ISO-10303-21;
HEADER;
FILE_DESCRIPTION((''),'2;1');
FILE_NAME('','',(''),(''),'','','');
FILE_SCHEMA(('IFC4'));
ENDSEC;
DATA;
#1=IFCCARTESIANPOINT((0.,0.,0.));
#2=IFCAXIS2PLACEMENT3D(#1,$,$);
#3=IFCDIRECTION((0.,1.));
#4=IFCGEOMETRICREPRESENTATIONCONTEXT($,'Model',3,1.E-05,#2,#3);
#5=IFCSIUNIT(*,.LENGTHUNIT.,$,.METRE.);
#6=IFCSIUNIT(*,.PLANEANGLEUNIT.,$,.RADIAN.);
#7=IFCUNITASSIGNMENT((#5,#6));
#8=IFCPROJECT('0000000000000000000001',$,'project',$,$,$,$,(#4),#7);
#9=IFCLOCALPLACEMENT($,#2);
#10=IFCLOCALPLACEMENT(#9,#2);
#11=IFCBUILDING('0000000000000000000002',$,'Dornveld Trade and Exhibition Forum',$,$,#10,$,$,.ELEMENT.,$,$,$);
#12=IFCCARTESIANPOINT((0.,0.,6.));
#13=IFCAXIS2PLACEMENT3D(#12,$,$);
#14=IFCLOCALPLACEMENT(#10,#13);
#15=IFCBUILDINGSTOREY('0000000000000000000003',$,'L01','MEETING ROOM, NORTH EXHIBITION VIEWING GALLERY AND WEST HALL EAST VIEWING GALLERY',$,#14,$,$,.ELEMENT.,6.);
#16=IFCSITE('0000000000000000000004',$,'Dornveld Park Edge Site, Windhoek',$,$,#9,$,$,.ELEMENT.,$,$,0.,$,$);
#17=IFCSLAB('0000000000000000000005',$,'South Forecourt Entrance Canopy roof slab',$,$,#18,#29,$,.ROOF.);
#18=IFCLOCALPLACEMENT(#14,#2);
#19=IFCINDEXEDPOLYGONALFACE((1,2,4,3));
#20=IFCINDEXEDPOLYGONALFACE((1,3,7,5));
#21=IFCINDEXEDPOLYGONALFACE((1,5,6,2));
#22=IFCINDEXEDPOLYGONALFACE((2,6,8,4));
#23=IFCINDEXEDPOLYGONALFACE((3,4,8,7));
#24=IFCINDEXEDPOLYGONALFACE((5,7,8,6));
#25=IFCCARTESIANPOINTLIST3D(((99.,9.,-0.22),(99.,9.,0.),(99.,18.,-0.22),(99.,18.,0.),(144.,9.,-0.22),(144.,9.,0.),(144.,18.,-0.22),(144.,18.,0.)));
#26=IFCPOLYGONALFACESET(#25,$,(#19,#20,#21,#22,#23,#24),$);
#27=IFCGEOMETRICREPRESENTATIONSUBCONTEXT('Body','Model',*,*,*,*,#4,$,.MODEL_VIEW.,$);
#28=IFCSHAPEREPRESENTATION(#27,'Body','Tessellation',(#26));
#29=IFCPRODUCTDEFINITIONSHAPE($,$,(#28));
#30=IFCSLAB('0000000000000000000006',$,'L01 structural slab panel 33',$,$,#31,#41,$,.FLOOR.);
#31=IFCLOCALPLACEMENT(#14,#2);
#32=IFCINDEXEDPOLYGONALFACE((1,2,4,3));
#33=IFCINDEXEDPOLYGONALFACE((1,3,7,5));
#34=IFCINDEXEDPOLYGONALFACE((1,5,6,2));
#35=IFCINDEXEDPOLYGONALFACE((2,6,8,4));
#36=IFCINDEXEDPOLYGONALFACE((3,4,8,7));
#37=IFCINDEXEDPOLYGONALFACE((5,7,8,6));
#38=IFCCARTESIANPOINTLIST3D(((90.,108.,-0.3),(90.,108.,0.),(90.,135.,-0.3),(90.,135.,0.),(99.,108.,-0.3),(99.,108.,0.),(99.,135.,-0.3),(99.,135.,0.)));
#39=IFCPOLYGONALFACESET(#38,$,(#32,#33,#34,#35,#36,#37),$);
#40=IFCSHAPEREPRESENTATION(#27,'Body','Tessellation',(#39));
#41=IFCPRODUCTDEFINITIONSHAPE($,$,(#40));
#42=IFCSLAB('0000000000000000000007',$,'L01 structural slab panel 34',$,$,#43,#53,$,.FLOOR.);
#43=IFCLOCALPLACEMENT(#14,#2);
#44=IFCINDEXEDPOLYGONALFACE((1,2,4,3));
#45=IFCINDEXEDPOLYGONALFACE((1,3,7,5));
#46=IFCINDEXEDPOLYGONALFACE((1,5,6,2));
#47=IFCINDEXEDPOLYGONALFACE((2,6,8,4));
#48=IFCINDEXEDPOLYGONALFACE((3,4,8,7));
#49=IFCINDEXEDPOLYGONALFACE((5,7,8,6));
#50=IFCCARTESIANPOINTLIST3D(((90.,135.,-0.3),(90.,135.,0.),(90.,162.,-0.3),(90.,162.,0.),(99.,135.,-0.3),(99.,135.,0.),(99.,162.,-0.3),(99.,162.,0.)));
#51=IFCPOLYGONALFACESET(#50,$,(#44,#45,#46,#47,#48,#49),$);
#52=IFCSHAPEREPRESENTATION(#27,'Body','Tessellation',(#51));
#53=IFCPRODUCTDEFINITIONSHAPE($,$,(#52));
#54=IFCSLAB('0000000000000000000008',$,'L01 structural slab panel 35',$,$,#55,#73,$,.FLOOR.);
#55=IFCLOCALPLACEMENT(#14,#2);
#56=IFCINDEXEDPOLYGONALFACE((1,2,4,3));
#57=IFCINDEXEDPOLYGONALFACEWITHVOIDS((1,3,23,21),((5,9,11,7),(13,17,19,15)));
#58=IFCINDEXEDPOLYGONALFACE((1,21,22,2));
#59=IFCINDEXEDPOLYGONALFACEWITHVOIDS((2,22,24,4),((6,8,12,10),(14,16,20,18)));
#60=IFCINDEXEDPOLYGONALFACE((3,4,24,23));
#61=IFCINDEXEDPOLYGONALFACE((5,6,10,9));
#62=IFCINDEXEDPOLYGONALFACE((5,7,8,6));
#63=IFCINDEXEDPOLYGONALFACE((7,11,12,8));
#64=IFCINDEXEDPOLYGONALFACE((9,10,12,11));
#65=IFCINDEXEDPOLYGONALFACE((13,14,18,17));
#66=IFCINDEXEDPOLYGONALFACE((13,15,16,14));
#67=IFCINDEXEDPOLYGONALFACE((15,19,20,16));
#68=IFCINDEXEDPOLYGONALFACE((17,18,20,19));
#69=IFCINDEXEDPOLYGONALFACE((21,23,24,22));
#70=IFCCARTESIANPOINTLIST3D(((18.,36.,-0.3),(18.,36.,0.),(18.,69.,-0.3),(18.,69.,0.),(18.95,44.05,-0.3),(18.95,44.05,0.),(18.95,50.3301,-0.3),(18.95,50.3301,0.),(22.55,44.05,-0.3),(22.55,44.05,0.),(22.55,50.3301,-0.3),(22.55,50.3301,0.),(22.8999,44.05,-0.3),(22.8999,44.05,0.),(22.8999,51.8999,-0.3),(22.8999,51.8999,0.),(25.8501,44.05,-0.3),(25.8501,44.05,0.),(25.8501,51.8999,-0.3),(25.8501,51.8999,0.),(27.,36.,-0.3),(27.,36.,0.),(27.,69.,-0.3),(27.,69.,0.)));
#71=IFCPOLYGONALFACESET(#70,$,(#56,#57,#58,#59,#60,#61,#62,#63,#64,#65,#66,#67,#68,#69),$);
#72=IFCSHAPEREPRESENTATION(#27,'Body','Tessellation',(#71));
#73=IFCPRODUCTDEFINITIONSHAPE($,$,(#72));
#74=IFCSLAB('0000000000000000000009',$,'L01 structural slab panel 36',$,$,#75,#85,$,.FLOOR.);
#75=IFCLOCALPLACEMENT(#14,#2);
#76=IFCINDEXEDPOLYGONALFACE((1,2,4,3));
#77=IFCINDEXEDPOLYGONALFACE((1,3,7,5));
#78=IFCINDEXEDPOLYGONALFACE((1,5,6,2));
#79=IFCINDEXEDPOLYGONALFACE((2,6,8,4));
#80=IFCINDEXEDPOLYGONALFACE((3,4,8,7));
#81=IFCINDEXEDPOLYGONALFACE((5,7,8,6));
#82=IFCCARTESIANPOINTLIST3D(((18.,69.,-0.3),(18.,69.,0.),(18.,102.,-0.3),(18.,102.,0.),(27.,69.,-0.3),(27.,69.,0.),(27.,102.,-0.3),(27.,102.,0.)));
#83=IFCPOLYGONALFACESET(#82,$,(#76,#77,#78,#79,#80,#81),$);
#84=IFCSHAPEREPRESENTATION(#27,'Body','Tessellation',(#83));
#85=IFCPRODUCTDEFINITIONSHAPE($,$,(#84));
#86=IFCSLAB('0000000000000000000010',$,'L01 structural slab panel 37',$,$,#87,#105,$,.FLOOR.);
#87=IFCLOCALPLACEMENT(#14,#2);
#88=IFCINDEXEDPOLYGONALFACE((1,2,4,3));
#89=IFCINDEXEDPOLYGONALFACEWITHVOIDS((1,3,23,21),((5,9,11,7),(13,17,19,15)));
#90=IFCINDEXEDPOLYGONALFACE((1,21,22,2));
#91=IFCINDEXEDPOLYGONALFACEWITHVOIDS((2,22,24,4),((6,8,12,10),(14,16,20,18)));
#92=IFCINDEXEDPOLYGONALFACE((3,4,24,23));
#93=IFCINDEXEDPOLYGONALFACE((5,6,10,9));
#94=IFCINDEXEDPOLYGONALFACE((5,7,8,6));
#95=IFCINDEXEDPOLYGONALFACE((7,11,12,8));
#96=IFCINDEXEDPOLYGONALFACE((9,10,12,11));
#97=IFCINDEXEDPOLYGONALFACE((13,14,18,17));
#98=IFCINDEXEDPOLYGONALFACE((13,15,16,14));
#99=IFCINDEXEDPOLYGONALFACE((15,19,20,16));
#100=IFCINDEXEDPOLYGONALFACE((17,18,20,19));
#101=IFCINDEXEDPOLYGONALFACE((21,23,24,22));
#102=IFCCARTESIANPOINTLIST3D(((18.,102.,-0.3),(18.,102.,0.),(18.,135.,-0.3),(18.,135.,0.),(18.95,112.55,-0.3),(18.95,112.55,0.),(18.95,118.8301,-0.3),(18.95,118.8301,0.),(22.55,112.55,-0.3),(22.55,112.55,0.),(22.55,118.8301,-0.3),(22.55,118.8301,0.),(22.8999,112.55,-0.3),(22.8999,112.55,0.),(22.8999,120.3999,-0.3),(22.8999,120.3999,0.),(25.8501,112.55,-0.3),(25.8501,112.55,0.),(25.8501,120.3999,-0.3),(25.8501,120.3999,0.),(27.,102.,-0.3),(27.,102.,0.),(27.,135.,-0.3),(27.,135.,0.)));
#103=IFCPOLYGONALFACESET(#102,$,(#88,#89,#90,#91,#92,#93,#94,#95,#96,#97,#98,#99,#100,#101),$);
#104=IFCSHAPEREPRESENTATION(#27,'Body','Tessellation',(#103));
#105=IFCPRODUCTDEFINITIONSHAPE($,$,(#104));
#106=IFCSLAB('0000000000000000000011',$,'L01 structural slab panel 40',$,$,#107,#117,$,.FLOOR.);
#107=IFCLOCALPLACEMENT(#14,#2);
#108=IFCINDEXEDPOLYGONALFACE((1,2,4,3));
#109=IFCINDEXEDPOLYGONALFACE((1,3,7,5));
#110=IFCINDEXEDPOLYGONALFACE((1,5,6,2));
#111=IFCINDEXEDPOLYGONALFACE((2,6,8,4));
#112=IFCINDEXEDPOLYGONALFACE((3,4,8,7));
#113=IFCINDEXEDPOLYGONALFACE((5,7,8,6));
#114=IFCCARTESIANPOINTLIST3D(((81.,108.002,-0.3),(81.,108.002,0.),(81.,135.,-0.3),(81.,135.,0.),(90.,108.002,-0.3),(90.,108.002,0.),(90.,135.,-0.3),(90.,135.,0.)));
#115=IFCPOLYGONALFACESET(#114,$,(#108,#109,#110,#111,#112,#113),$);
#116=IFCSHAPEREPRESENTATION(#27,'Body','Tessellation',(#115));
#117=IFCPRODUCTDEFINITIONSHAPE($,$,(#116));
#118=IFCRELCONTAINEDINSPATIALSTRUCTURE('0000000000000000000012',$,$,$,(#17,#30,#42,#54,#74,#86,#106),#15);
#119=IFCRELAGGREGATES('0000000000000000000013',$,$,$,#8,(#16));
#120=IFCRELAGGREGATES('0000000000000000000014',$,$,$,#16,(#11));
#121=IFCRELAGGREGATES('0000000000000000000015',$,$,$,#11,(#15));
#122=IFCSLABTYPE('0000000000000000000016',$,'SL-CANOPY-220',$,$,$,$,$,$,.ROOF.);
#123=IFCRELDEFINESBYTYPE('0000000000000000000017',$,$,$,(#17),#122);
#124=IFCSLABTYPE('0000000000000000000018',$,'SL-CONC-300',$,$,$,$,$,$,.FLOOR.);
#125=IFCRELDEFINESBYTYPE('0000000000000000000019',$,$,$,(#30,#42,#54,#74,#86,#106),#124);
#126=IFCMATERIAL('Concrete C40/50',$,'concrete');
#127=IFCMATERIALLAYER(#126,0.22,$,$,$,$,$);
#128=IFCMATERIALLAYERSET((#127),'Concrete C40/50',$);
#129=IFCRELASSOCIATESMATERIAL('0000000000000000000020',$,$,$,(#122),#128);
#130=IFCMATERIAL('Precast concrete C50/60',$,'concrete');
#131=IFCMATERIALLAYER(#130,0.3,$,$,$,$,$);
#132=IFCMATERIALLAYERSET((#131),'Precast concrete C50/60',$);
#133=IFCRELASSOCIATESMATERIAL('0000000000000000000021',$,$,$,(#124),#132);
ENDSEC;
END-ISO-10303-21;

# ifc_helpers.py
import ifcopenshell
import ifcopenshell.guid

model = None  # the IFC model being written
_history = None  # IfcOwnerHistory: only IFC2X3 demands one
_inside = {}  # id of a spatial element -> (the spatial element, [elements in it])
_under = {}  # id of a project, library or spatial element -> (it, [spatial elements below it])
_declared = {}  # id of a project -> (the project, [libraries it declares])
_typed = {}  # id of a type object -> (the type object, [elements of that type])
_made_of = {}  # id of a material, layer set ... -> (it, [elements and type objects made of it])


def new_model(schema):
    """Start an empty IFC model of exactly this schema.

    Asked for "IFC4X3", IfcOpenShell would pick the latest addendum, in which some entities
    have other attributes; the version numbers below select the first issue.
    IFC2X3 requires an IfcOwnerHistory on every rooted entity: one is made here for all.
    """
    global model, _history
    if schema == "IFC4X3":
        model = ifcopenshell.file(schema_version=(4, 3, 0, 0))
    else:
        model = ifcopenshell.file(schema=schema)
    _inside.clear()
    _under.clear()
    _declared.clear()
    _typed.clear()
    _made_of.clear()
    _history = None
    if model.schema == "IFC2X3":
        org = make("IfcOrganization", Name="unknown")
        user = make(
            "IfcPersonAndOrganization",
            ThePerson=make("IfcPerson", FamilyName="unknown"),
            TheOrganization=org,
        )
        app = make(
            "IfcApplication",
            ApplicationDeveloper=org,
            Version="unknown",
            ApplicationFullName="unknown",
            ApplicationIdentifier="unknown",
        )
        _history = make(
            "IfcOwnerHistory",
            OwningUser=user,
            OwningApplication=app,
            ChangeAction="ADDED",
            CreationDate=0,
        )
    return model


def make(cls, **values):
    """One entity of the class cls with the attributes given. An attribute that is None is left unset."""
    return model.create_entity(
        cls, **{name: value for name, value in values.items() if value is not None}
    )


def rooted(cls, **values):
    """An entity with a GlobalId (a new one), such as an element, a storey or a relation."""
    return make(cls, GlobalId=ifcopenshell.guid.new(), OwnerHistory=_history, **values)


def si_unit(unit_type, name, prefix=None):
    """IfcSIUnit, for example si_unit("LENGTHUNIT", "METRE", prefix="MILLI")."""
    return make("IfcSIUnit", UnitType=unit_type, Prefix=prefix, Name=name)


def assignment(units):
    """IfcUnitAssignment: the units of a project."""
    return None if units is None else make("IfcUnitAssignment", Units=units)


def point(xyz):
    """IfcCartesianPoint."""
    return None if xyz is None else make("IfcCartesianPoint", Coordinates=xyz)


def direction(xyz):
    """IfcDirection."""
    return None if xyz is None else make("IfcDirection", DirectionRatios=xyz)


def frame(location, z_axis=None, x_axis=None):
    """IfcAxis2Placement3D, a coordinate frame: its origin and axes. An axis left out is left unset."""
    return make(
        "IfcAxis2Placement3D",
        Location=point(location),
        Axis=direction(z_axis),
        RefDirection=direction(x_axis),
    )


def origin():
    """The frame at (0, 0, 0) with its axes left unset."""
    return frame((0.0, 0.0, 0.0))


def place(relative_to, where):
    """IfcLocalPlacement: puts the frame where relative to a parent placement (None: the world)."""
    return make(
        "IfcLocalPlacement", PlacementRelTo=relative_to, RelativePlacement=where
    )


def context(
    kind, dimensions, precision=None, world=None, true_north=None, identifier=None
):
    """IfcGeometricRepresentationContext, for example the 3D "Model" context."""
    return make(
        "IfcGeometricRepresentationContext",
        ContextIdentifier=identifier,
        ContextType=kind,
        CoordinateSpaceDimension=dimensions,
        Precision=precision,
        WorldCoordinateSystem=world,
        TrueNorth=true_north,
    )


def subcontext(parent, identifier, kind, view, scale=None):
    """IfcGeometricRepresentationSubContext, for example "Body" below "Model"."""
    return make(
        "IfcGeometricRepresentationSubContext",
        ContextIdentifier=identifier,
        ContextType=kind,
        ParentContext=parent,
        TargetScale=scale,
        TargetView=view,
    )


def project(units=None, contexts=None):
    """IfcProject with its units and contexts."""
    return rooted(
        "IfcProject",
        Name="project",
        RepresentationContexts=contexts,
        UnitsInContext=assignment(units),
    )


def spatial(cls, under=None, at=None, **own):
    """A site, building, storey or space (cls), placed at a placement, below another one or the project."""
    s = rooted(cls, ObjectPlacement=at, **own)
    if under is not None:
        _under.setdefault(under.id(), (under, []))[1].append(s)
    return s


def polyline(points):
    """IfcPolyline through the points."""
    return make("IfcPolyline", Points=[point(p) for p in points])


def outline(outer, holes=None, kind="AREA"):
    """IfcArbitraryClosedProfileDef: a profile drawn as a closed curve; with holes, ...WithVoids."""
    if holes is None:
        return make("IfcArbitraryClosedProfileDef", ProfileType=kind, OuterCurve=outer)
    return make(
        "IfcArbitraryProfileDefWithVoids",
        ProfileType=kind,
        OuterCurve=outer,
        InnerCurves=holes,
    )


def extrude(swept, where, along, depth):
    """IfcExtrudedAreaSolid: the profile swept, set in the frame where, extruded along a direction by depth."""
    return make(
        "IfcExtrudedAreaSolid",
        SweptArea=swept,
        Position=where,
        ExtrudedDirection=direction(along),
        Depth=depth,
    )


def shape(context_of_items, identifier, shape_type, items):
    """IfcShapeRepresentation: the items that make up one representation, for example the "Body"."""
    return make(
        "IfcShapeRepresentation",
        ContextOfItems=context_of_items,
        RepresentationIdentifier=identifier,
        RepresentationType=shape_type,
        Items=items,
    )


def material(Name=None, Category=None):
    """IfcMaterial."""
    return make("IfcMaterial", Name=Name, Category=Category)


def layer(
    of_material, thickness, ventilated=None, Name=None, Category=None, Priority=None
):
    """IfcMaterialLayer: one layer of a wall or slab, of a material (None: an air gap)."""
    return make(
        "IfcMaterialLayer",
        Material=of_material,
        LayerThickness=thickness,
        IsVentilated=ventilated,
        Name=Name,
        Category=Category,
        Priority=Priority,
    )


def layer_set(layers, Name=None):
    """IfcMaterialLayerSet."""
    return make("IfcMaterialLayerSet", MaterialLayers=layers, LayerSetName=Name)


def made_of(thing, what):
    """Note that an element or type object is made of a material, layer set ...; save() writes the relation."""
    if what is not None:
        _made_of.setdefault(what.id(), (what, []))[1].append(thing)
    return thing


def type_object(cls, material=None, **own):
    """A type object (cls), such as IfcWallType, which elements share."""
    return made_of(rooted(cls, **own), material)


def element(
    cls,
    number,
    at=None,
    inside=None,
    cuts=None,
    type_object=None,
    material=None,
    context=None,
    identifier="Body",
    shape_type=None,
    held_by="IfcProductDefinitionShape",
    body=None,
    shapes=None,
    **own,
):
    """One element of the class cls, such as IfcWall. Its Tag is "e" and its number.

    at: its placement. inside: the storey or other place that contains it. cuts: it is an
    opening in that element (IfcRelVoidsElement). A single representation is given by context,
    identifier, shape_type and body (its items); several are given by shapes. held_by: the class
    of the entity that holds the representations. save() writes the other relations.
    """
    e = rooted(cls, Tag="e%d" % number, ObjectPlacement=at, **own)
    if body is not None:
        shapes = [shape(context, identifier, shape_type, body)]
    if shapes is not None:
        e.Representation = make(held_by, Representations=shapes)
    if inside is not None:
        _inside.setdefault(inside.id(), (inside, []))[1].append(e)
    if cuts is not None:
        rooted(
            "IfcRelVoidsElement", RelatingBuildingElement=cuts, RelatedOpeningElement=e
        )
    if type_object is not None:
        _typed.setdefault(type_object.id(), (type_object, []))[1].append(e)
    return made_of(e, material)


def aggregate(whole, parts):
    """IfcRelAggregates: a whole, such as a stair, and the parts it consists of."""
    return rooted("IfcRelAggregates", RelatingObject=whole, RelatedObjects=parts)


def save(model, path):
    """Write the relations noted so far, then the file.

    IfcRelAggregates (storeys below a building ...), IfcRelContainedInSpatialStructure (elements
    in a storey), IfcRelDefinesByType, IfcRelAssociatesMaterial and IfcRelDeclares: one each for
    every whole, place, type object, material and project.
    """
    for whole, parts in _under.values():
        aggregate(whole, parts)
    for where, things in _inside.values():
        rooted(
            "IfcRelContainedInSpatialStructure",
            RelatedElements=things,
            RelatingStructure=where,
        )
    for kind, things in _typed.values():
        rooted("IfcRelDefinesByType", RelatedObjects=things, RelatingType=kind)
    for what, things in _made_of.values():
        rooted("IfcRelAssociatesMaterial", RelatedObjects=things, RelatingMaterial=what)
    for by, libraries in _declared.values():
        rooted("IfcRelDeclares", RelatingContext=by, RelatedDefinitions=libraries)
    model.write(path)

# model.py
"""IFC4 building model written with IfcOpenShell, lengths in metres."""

from ifc_helpers import new_model, si_unit, direction, frame, origin, place, context, subcontext, project, spatial, polyline, outline, extrude, material, layer, layer_set, type_object, element, save


model = new_model("IFC4")

# Units and contexts
model_context = context("Model", 3, precision=1e-05, world=origin(), true_north=direction((0.0, 1.0)))
body_context = subcontext(model_context, "Body", "Model", "MODEL_VIEW")
ifc_project = project(units=[si_unit("LENGTHUNIT", "METRE"), si_unit("PLANEANGLEUNIT", "RADIAN")], contexts=[model_context])

# Site, building, storey
site_placement = place(None, origin())
site = spatial("IfcSite", under=ifc_project, at=site_placement, Name="Dornveld Park Edge Site, Windhoek", CompositionType="ELEMENT", RefElevation=0.0)
building_placement = place(site_placement, origin())
building = spatial("IfcBuilding", under=site, at=building_placement, Name="Dornveld Trade and Exhibition Forum", CompositionType="ELEMENT")
storey_placement = place(building_placement, frame((0.0, 0.0, 6.0)))
storey = spatial("IfcBuildingStorey", under=building, at=storey_placement, Name="L01", Description="MEETING ROOM, NORTH EXHIBITION VIEWING GALLERY AND WEST HALL EAST VIEWING GALLERY", CompositionType="ELEMENT", Elevation=6.0)

# Slabs
ifc_material_1 = material(Name="Concrete C40/50", Category="concrete")
ifc_layer_1 = layer(ifc_material_1, 0.22)
ifc_layer_set_1 = layer_set([ifc_layer_1], Name="Concrete C40/50")
slab_type_1 = type_object("IfcSlabType", Name="SL-CANOPY-220", PredefinedType="ROOF", material=ifc_layer_set_1)
slab_1_placement = place(storey_placement, frame((0.0, 0.0, -0.22)))
element("IfcSlab", 1, at=slab_1_placement, inside=storey, type_object=slab_type_1, Name="South Forecourt Entrance Canopy roof slab", PredefinedType="ROOF", context=body_context, shape_type="SweptSolid", body=[
    extrude(outline(polyline([(99.0, 9.0), (144.0, 9.0), (144.0, 18.0), (99.0, 18.0), (99.0, 9.0)])), origin(), (0.0, 0.0, 1.0), 0.22),
])
ifc_material_2 = material(Name="Precast concrete C50/60", Category="concrete")
ifc_layer_2 = layer(ifc_material_2, 0.3)
ifc_layer_set_2 = layer_set([ifc_layer_2], Name="Precast concrete C50/60")
slab_type_2 = type_object("IfcSlabType", Name="SL-CONC-300", PredefinedType="FLOOR", material=ifc_layer_set_2)
slab_2_placement = place(storey_placement, frame((0.0, 0.0, -0.3)))
element("IfcSlab", 2, at=slab_2_placement, inside=storey, type_object=slab_type_2, Name="L01 structural slab panel 33", PredefinedType="FLOOR", context=body_context, shape_type="SweptSolid", body=[
    extrude(outline(polyline([(90.0, 108.0), (99.0, 108.0), (99.0, 135.0), (90.0, 135.0), (90.0, 108.0)])), origin(), (0.0, 0.0, 1.0), 0.3),
])
slab_3_placement = place(storey_placement, frame((0.0, 0.0, -0.3)))
element("IfcSlab", 3, at=slab_3_placement, inside=storey, type_object=slab_type_2, Name="L01 structural slab panel 34", PredefinedType="FLOOR", context=body_context, shape_type="SweptSolid", body=[
    extrude(outline(polyline([(90.0, 135.0), (99.0, 135.0), (99.0, 162.0), (90.0, 162.0), (90.0, 135.0)])), origin(), (0.0, 0.0, 1.0), 0.3),
])
slab_4_placement = place(storey_placement, frame((0.0, 0.0, -0.3)))
element("IfcSlab", 4, at=slab_4_placement, inside=storey, type_object=slab_type_2, Name="L01 structural slab panel 35", PredefinedType="FLOOR", context=body_context, shape_type="SweptSolid", body=[
    extrude(outline(polyline([(18.0, 36.0), (27.0, 36.0), (27.0, 69.0), (18.0, 69.0), (18.0, 36.0)]), holes=[polyline([(18.95, 44.05), (22.55, 44.05), (22.55, 50.3301), (18.95, 50.3301), (18.95, 44.05)]), polyline([(22.8999, 44.05), (25.8501, 44.05), (25.8501, 51.8999), (22.8999, 51.8999), (22.8999, 44.05)])]), origin(), (0.0, 0.0, 1.0), 0.3),
])
slab_5_placement = place(storey_placement, frame((0.0, 0.0, -0.3)))
element("IfcSlab", 5, at=slab_5_placement, inside=storey, type_object=slab_type_2, Name="L01 structural slab panel 36", PredefinedType="FLOOR", context=body_context, shape_type="SweptSolid", body=[
    extrude(outline(polyline([(18.0, 69.0), (27.0, 69.0), (27.0, 102.0), (18.0, 102.0), (18.0, 69.0)])), origin(), (0.0, 0.0, 1.0), 0.3),
])
slab_6_placement = place(storey_placement, frame((0.0, 0.0, -0.3)))
element("IfcSlab", 6, at=slab_6_placement, inside=storey, type_object=slab_type_2, Name="L01 structural slab panel 37", PredefinedType="FLOOR", context=body_context, shape_type="SweptSolid", body=[
    extrude(outline(polyline([(18.0, 102.0), (27.0, 102.0), (27.0, 135.0), (18.0, 135.0), (18.0, 102.0)]), holes=[polyline([(18.95, 112.55), (22.55, 112.55), (22.55, 118.8301), (18.95, 118.8301), (18.95, 112.55)]), polyline([(22.8999, 112.55), (25.8501, 112.55), (25.8501, 120.3999), (22.8999, 120.3999), (22.8999, 112.55)])]), origin(), (0.0, 0.0, 1.0), 0.3),
])
slab_7_placement = place(storey_placement, frame((0.0, 0.0, -0.3)))
element("IfcSlab", 7, at=slab_7_placement, inside=storey, type_object=slab_type_2, Name="L01 structural slab panel 40", PredefinedType="FLOOR", context=body_context, shape_type="SweptSolid", body=[
    extrude(outline(polyline([(81.0, 135.0), (90.0, 135.0), (90.0, 108.002), (81.0, 108.002), (81.0, 135.0)])), origin(), (0.0, 0.0, 1.0), 0.3),
])

save(model, "model.ifc")
